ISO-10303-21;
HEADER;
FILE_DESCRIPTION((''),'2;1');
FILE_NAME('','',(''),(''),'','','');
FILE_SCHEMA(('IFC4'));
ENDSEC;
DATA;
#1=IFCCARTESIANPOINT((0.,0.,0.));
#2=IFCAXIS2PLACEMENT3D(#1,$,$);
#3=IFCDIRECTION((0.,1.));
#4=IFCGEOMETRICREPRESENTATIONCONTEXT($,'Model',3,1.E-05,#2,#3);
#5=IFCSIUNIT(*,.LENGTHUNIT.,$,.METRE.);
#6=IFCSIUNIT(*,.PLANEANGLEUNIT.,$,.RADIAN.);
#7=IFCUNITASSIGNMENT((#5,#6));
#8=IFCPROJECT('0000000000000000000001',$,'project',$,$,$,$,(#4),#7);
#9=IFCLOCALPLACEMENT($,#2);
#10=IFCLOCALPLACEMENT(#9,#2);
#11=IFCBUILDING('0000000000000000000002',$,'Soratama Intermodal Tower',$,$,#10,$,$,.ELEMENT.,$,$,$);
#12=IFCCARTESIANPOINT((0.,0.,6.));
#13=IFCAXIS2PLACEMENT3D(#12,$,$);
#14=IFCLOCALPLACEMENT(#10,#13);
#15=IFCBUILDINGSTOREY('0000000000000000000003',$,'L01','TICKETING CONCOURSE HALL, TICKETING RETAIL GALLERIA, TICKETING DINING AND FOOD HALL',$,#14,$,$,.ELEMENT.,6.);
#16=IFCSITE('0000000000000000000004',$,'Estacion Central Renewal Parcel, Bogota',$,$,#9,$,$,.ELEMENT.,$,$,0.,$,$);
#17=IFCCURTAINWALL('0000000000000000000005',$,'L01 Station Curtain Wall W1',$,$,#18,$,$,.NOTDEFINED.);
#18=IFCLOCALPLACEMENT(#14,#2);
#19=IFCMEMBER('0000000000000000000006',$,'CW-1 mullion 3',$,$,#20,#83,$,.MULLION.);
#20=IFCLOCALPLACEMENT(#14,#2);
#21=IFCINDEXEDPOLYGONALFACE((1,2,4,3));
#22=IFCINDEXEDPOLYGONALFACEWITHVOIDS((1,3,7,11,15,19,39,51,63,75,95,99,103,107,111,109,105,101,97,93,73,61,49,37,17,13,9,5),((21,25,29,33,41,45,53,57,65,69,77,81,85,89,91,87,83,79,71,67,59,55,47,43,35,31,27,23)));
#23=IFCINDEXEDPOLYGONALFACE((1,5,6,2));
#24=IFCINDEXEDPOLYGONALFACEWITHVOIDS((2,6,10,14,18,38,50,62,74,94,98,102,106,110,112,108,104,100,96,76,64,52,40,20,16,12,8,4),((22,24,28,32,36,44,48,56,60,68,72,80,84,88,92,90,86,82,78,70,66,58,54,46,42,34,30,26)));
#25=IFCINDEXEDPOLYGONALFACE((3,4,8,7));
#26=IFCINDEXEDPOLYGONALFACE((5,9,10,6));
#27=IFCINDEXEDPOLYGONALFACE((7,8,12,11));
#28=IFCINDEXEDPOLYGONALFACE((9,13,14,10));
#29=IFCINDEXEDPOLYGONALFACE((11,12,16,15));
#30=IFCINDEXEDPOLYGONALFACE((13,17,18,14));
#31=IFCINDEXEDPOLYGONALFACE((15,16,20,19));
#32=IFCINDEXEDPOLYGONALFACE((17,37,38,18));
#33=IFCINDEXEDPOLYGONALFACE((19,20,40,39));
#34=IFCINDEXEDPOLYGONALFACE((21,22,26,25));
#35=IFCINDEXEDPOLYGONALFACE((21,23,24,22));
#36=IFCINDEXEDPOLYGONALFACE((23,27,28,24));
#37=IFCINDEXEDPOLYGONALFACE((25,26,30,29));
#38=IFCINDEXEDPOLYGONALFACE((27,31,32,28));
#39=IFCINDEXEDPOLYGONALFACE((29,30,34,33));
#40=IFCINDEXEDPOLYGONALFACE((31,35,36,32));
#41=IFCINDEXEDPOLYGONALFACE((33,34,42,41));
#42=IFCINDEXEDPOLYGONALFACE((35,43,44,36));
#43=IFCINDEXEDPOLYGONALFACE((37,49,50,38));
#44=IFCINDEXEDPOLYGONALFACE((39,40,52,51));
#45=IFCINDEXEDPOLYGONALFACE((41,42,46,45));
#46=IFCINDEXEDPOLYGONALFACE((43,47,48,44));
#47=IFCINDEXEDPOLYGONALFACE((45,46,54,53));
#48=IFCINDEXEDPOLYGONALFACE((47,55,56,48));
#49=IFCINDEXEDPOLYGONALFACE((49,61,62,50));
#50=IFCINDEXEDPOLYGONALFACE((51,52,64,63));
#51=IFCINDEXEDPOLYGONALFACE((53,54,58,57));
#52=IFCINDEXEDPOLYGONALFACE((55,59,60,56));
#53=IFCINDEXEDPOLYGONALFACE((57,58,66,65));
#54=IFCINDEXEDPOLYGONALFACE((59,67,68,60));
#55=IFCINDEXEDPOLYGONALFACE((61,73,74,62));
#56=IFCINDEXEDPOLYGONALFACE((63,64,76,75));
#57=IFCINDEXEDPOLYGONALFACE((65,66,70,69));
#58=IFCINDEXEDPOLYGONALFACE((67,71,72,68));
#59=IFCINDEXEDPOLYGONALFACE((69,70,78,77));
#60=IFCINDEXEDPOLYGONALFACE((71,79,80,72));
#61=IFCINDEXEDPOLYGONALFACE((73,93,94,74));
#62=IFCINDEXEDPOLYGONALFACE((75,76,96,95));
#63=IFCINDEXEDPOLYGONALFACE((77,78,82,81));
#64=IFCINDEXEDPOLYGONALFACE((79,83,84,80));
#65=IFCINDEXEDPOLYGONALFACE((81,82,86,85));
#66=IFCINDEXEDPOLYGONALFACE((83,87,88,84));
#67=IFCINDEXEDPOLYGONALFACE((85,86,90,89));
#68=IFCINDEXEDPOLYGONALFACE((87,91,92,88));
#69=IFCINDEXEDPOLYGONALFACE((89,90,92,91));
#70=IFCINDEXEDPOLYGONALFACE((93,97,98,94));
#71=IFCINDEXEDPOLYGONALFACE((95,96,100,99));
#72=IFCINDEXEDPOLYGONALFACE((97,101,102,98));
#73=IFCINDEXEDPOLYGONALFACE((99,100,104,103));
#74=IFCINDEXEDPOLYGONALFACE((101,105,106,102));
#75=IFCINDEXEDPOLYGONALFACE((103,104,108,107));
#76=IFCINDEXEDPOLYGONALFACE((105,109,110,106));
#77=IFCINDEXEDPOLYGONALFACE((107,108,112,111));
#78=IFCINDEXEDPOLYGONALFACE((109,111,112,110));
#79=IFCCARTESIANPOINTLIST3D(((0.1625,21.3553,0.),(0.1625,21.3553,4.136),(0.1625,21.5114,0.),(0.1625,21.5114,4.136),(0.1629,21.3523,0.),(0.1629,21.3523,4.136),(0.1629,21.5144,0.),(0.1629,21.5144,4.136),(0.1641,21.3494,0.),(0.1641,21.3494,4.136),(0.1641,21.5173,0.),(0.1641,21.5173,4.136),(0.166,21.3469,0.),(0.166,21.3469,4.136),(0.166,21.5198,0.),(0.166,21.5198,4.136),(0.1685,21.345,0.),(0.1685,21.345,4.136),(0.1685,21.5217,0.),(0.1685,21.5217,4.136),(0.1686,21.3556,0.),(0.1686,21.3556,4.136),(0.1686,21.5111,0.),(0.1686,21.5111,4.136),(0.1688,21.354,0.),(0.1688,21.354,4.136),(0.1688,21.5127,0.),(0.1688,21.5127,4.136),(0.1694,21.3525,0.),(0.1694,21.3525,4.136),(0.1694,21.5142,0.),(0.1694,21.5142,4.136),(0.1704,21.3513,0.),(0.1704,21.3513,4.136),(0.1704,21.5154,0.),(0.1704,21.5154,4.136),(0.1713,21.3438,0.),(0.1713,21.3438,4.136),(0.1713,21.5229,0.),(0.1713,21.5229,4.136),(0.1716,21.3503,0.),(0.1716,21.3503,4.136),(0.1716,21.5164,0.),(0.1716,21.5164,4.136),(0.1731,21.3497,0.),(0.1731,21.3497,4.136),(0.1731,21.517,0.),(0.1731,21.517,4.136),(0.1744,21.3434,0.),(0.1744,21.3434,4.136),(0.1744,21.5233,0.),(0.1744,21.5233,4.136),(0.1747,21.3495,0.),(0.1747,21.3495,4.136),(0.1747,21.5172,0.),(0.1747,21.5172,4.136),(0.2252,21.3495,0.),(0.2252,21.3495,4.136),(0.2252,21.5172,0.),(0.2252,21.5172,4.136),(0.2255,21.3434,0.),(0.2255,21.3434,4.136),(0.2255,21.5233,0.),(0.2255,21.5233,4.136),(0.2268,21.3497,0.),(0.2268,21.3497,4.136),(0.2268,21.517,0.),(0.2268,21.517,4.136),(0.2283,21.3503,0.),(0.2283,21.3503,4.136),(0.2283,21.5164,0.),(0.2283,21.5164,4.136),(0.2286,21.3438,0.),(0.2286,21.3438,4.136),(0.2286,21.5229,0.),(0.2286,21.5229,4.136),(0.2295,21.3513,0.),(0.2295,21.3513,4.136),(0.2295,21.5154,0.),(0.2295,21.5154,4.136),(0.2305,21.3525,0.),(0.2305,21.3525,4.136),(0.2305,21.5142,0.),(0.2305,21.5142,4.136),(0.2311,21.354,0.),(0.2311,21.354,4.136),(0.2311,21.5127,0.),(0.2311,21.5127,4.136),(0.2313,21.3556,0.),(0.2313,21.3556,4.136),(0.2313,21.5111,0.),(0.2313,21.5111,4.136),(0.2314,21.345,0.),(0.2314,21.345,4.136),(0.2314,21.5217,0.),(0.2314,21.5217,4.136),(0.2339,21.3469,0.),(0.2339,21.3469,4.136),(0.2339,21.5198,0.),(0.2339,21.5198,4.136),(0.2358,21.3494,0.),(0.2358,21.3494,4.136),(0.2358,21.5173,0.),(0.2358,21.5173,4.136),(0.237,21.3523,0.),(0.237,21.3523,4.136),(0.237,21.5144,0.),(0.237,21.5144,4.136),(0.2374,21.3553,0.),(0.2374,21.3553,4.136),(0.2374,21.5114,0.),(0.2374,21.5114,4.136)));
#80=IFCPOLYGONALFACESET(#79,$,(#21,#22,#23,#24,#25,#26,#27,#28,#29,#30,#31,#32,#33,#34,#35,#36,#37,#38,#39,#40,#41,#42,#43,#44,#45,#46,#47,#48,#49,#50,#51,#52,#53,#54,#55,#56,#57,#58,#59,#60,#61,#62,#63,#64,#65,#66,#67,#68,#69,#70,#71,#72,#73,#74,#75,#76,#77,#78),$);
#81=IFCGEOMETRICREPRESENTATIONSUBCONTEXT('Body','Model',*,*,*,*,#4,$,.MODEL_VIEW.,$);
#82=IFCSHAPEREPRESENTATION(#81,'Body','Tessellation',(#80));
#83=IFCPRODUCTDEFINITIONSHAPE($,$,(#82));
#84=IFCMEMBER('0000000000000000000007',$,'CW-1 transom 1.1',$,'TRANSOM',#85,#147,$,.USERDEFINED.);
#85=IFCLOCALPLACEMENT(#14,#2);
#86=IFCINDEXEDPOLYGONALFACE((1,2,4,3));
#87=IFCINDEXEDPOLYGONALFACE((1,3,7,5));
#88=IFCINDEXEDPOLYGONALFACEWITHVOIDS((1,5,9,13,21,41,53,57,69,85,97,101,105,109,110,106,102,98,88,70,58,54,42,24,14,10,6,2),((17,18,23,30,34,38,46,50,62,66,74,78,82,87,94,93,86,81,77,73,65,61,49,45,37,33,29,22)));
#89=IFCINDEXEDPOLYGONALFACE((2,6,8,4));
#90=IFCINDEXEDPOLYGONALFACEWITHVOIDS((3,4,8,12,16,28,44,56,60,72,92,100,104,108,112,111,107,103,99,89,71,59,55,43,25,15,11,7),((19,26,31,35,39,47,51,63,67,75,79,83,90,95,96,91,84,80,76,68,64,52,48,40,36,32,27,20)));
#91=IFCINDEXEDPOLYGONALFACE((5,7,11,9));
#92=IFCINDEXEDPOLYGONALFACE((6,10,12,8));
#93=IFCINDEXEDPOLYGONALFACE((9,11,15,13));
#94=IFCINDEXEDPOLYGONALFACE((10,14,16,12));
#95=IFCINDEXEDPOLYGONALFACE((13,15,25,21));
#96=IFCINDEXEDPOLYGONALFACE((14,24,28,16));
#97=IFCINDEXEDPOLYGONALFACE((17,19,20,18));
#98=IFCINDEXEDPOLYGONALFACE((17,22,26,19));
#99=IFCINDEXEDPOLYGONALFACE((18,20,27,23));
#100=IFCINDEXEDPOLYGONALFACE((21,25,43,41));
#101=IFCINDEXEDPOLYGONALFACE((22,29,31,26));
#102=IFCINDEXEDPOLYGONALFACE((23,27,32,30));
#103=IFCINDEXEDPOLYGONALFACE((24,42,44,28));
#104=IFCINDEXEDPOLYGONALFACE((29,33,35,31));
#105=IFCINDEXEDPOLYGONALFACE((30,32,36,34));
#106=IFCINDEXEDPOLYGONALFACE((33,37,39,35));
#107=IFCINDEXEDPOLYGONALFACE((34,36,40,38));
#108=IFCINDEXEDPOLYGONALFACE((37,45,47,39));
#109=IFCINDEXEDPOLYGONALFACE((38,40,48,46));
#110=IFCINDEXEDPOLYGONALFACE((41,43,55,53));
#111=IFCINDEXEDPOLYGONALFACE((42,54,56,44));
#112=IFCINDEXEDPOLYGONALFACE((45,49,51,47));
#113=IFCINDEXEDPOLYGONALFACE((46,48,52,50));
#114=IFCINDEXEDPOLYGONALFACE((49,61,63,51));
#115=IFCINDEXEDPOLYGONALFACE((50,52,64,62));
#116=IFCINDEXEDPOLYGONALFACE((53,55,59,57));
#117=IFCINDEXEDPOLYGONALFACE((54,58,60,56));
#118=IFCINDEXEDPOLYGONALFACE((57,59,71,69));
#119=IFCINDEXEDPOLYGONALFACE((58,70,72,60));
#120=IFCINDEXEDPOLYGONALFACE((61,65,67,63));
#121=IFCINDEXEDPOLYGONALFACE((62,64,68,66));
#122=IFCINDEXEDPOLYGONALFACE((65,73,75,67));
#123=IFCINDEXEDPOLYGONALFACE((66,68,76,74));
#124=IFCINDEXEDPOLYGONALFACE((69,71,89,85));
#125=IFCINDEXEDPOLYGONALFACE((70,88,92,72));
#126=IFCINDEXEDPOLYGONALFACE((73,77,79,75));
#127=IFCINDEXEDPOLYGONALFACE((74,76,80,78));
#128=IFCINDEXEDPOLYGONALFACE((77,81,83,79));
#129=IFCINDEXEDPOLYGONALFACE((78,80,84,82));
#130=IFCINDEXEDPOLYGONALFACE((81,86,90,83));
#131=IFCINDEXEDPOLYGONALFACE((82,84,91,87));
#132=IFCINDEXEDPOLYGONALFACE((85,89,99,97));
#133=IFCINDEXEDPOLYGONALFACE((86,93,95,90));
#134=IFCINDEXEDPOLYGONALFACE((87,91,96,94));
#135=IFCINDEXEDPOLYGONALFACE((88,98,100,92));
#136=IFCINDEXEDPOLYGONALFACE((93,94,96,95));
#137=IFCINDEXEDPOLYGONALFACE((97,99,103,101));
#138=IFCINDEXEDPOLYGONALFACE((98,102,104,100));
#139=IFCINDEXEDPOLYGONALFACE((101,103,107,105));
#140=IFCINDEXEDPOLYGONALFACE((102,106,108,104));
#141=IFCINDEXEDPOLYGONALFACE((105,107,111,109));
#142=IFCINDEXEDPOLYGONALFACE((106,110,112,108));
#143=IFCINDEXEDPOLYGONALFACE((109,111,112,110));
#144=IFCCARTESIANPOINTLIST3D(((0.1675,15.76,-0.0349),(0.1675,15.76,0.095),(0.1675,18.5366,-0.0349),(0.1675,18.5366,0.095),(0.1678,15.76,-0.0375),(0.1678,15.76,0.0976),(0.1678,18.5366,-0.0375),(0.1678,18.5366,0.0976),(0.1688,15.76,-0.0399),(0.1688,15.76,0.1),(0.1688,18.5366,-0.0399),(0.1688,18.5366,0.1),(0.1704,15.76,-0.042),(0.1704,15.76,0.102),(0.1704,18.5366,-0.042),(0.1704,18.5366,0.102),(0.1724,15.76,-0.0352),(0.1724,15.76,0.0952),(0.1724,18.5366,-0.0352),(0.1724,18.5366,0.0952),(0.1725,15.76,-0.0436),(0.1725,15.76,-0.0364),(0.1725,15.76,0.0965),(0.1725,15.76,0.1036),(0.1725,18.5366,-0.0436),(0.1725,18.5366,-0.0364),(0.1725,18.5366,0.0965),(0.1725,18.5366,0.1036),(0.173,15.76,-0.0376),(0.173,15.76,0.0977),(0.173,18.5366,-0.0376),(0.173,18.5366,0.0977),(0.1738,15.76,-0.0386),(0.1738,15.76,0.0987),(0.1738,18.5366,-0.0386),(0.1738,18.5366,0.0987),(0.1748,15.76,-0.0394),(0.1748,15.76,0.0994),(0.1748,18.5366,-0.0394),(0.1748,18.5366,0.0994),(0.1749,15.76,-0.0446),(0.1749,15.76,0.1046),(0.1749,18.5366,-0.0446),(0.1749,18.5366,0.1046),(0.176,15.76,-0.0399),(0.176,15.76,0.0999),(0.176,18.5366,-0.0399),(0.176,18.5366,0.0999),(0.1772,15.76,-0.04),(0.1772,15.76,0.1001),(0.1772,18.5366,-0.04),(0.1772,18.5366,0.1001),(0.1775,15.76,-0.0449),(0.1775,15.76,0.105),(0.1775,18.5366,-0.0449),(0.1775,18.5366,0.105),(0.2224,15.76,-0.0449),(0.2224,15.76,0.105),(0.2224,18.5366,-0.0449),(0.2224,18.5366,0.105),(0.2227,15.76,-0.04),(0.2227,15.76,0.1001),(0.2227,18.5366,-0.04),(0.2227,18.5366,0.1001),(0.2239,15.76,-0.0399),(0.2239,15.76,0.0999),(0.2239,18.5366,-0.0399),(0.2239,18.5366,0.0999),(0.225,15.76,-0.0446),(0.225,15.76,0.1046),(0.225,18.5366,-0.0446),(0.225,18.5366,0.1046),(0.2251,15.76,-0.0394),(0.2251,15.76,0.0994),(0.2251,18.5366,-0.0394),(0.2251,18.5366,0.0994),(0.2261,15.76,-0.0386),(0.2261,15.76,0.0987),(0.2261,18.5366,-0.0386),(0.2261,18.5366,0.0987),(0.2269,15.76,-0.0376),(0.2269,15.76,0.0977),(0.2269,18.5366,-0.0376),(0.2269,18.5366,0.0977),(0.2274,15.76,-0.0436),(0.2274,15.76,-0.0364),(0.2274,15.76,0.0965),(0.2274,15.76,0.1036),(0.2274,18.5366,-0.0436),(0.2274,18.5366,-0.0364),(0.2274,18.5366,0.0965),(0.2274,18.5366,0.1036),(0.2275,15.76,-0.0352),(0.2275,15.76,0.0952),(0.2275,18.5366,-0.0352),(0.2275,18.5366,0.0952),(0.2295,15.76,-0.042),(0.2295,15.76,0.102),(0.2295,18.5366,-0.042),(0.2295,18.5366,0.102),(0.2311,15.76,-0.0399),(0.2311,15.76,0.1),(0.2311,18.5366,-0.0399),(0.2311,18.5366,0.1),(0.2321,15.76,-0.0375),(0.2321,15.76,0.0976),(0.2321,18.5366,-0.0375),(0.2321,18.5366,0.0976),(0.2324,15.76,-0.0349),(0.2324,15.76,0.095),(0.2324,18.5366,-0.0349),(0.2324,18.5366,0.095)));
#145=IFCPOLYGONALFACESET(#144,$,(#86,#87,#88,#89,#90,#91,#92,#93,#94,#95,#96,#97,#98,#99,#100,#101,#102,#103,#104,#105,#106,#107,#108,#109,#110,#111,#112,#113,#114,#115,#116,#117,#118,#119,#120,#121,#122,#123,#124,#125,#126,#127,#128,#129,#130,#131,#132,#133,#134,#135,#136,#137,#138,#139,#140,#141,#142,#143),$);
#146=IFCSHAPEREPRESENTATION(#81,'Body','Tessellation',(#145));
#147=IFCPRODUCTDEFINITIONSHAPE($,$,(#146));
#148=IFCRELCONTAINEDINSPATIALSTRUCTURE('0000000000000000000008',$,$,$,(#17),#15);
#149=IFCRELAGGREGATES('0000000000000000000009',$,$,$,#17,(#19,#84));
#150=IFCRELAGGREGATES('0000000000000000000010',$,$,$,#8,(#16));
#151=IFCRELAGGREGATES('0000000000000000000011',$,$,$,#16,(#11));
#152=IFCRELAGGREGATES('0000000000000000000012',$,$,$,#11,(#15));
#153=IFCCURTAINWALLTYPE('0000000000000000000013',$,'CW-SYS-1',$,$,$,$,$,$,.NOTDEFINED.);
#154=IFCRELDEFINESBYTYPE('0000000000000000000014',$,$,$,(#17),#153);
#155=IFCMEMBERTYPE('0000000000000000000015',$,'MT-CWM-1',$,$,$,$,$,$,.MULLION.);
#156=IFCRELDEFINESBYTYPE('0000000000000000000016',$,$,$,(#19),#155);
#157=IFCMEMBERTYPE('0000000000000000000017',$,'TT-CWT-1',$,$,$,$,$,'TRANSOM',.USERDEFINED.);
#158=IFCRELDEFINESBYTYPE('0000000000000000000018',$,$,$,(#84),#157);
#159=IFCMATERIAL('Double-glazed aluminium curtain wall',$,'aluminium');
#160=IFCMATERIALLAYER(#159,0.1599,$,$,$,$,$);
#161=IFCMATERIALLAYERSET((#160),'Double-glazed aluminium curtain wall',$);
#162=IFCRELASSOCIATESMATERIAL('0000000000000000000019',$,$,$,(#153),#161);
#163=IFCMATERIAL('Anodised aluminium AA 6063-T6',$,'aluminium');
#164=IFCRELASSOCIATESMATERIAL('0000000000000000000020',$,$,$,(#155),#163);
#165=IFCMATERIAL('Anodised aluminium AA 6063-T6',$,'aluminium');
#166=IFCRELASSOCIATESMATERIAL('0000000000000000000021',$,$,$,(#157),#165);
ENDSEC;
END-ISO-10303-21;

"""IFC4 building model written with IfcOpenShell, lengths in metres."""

from ifc_helpers import new_model, si_unit, direction, frame, origin, origin_2d, place, context, subcontext, project, spatial, hollow_rectangle, extrude, material, layer, layer_set, material_profile, profile_set, type_object, element, aggregate, save


model = new_model("IFC4")

# Units and contexts
model_context = context("Model", 3, precision=1e-05, world=origin(), true_north=direction((0.0, 1.0)))
body_context = subcontext(model_context, "Body", "Model", "MODEL_VIEW")
ifc_project = project(units=[si_unit("LENGTHUNIT", "METRE"), si_unit("PLANEANGLEUNIT", "RADIAN")], contexts=[model_context])

# Site, building, storey
site_placement = place(None, origin())
site = spatial("IfcSite", under=ifc_project, at=site_placement, Name="Estacion Central Renewal Parcel, Bogota", CompositionType="ELEMENT", RefElevation=0.0)
building_placement = place(site_placement, origin())
building = spatial("IfcBuilding", under=site, at=building_placement, Name="Soratama Intermodal Tower", CompositionType="ELEMENT")
storey_placement = place(building_placement, frame((0.0, 0.0, 6.0)))
storey = spatial("IfcBuildingStorey", under=building, at=storey_placement, Name="L01", Description="TICKETING CONCOURSE HALL, TICKETING RETAIL GALLERIA, TICKETING DINING AND FOOD HALL", CompositionType="ELEMENT", Elevation=6.0)

# Curtain wall, members
ifc_material_1 = material(Name="Double-glazed aluminium curtain wall", Category="aluminium")
ifc_layer_1 = layer(ifc_material_1, 0.1599)
ifc_layer_set_1 = layer_set([ifc_layer_1], Name="Double-glazed aluminium curtain wall")
curtain_wall_type = type_object("IfcCurtainWallType", Name="CW-SYS-1", PredefinedType="NOTDEFINED", material=ifc_layer_set_1)
curtain_wall_placement = place(storey_placement, origin())
curtain_wall = element("IfcCurtainWall", 1, at=curtain_wall_placement, inside=storey, type_object=curtain_wall_type, Name="L01 Station Curtain Wall W1", PredefinedType="NOTDEFINED")
ifc_material_2 = material(Name="Anodised aluminium AA 6063-T6", Category="aluminium")
ifc_material_profile_1 = material_profile(ifc_material_2, hollow_rectangle(XDim=0.075, YDim=0.1799, WallThickness=0.0061, InnerFilletRadius=0.0061, OuterFilletRadius=0.012, at=origin_2d()), Name="CWM180X75X6")
ifc_profile_set_1 = profile_set([ifc_material_profile_1], Name="Anodised aluminium AA 6063-T6")
member_type_1 = type_object("IfcMemberType", Name="MT-CWM-1", PredefinedType="MULLION", material=ifc_profile_set_1)
member_1_placement = place(storey_placement, frame((0.2, 21.4333, 0.0), z_axis=(0.0, 0.0, 1.0), x_axis=(-1.0, 0.0, 0.0)))
member_1 = element("IfcMember", 2, at=member_1_placement, type_object=member_type_1, Name="CW-1 mullion 3", PredefinedType="MULLION", context=body_context, shape_type="SweptSolid", body=[
    extrude(hollow_rectangle(XDim=0.075, YDim=0.1799, WallThickness=0.0061, InnerFilletRadius=0.0061, OuterFilletRadius=0.012, at=origin_2d()), origin(), (0.0, 0.0, 1.0), 4.136),
])
ifc_material_3 = material(Name="Anodised aluminium AA 6063-T6", Category="aluminium")
ifc_material_profile_2 = material_profile(ifc_material_3, hollow_rectangle(XDim=0.0649, YDim=0.1499, WallThickness=0.0049, InnerFilletRadius=0.0049, OuterFilletRadius=0.01, at=origin_2d()), Name="CWT150X65X5")
ifc_profile_set_2 = profile_set([ifc_material_profile_2], Name="Anodised aluminium AA 6063-T6")
member_type_2 = type_object("IfcMemberType", Name="TT-CWT-1", ElementType="TRANSOM", PredefinedType="USERDEFINED", material=ifc_profile_set_2)
member_2_placement = place(storey_placement, frame((0.2, 15.76, 0.03), z_axis=(0.0, 1.0, 0.0), x_axis=(-1.0, 0.0, 0.0)))
member_2 = element("IfcMember", 3, at=member_2_placement, type_object=member_type_2, Name="CW-1 transom 1.1", ObjectType="TRANSOM", PredefinedType="USERDEFINED", context=body_context, shape_type="SweptSolid", body=[
    extrude(hollow_rectangle(XDim=0.0649, YDim=0.1499, WallThickness=0.0049, InnerFilletRadius=0.0049, OuterFilletRadius=0.01, at=origin_2d()), origin(), (0.0, 0.0, 1.0), 2.7766),
])
aggregate(curtain_wall, [member_1, member_2])

save(model, "model.ifc")
